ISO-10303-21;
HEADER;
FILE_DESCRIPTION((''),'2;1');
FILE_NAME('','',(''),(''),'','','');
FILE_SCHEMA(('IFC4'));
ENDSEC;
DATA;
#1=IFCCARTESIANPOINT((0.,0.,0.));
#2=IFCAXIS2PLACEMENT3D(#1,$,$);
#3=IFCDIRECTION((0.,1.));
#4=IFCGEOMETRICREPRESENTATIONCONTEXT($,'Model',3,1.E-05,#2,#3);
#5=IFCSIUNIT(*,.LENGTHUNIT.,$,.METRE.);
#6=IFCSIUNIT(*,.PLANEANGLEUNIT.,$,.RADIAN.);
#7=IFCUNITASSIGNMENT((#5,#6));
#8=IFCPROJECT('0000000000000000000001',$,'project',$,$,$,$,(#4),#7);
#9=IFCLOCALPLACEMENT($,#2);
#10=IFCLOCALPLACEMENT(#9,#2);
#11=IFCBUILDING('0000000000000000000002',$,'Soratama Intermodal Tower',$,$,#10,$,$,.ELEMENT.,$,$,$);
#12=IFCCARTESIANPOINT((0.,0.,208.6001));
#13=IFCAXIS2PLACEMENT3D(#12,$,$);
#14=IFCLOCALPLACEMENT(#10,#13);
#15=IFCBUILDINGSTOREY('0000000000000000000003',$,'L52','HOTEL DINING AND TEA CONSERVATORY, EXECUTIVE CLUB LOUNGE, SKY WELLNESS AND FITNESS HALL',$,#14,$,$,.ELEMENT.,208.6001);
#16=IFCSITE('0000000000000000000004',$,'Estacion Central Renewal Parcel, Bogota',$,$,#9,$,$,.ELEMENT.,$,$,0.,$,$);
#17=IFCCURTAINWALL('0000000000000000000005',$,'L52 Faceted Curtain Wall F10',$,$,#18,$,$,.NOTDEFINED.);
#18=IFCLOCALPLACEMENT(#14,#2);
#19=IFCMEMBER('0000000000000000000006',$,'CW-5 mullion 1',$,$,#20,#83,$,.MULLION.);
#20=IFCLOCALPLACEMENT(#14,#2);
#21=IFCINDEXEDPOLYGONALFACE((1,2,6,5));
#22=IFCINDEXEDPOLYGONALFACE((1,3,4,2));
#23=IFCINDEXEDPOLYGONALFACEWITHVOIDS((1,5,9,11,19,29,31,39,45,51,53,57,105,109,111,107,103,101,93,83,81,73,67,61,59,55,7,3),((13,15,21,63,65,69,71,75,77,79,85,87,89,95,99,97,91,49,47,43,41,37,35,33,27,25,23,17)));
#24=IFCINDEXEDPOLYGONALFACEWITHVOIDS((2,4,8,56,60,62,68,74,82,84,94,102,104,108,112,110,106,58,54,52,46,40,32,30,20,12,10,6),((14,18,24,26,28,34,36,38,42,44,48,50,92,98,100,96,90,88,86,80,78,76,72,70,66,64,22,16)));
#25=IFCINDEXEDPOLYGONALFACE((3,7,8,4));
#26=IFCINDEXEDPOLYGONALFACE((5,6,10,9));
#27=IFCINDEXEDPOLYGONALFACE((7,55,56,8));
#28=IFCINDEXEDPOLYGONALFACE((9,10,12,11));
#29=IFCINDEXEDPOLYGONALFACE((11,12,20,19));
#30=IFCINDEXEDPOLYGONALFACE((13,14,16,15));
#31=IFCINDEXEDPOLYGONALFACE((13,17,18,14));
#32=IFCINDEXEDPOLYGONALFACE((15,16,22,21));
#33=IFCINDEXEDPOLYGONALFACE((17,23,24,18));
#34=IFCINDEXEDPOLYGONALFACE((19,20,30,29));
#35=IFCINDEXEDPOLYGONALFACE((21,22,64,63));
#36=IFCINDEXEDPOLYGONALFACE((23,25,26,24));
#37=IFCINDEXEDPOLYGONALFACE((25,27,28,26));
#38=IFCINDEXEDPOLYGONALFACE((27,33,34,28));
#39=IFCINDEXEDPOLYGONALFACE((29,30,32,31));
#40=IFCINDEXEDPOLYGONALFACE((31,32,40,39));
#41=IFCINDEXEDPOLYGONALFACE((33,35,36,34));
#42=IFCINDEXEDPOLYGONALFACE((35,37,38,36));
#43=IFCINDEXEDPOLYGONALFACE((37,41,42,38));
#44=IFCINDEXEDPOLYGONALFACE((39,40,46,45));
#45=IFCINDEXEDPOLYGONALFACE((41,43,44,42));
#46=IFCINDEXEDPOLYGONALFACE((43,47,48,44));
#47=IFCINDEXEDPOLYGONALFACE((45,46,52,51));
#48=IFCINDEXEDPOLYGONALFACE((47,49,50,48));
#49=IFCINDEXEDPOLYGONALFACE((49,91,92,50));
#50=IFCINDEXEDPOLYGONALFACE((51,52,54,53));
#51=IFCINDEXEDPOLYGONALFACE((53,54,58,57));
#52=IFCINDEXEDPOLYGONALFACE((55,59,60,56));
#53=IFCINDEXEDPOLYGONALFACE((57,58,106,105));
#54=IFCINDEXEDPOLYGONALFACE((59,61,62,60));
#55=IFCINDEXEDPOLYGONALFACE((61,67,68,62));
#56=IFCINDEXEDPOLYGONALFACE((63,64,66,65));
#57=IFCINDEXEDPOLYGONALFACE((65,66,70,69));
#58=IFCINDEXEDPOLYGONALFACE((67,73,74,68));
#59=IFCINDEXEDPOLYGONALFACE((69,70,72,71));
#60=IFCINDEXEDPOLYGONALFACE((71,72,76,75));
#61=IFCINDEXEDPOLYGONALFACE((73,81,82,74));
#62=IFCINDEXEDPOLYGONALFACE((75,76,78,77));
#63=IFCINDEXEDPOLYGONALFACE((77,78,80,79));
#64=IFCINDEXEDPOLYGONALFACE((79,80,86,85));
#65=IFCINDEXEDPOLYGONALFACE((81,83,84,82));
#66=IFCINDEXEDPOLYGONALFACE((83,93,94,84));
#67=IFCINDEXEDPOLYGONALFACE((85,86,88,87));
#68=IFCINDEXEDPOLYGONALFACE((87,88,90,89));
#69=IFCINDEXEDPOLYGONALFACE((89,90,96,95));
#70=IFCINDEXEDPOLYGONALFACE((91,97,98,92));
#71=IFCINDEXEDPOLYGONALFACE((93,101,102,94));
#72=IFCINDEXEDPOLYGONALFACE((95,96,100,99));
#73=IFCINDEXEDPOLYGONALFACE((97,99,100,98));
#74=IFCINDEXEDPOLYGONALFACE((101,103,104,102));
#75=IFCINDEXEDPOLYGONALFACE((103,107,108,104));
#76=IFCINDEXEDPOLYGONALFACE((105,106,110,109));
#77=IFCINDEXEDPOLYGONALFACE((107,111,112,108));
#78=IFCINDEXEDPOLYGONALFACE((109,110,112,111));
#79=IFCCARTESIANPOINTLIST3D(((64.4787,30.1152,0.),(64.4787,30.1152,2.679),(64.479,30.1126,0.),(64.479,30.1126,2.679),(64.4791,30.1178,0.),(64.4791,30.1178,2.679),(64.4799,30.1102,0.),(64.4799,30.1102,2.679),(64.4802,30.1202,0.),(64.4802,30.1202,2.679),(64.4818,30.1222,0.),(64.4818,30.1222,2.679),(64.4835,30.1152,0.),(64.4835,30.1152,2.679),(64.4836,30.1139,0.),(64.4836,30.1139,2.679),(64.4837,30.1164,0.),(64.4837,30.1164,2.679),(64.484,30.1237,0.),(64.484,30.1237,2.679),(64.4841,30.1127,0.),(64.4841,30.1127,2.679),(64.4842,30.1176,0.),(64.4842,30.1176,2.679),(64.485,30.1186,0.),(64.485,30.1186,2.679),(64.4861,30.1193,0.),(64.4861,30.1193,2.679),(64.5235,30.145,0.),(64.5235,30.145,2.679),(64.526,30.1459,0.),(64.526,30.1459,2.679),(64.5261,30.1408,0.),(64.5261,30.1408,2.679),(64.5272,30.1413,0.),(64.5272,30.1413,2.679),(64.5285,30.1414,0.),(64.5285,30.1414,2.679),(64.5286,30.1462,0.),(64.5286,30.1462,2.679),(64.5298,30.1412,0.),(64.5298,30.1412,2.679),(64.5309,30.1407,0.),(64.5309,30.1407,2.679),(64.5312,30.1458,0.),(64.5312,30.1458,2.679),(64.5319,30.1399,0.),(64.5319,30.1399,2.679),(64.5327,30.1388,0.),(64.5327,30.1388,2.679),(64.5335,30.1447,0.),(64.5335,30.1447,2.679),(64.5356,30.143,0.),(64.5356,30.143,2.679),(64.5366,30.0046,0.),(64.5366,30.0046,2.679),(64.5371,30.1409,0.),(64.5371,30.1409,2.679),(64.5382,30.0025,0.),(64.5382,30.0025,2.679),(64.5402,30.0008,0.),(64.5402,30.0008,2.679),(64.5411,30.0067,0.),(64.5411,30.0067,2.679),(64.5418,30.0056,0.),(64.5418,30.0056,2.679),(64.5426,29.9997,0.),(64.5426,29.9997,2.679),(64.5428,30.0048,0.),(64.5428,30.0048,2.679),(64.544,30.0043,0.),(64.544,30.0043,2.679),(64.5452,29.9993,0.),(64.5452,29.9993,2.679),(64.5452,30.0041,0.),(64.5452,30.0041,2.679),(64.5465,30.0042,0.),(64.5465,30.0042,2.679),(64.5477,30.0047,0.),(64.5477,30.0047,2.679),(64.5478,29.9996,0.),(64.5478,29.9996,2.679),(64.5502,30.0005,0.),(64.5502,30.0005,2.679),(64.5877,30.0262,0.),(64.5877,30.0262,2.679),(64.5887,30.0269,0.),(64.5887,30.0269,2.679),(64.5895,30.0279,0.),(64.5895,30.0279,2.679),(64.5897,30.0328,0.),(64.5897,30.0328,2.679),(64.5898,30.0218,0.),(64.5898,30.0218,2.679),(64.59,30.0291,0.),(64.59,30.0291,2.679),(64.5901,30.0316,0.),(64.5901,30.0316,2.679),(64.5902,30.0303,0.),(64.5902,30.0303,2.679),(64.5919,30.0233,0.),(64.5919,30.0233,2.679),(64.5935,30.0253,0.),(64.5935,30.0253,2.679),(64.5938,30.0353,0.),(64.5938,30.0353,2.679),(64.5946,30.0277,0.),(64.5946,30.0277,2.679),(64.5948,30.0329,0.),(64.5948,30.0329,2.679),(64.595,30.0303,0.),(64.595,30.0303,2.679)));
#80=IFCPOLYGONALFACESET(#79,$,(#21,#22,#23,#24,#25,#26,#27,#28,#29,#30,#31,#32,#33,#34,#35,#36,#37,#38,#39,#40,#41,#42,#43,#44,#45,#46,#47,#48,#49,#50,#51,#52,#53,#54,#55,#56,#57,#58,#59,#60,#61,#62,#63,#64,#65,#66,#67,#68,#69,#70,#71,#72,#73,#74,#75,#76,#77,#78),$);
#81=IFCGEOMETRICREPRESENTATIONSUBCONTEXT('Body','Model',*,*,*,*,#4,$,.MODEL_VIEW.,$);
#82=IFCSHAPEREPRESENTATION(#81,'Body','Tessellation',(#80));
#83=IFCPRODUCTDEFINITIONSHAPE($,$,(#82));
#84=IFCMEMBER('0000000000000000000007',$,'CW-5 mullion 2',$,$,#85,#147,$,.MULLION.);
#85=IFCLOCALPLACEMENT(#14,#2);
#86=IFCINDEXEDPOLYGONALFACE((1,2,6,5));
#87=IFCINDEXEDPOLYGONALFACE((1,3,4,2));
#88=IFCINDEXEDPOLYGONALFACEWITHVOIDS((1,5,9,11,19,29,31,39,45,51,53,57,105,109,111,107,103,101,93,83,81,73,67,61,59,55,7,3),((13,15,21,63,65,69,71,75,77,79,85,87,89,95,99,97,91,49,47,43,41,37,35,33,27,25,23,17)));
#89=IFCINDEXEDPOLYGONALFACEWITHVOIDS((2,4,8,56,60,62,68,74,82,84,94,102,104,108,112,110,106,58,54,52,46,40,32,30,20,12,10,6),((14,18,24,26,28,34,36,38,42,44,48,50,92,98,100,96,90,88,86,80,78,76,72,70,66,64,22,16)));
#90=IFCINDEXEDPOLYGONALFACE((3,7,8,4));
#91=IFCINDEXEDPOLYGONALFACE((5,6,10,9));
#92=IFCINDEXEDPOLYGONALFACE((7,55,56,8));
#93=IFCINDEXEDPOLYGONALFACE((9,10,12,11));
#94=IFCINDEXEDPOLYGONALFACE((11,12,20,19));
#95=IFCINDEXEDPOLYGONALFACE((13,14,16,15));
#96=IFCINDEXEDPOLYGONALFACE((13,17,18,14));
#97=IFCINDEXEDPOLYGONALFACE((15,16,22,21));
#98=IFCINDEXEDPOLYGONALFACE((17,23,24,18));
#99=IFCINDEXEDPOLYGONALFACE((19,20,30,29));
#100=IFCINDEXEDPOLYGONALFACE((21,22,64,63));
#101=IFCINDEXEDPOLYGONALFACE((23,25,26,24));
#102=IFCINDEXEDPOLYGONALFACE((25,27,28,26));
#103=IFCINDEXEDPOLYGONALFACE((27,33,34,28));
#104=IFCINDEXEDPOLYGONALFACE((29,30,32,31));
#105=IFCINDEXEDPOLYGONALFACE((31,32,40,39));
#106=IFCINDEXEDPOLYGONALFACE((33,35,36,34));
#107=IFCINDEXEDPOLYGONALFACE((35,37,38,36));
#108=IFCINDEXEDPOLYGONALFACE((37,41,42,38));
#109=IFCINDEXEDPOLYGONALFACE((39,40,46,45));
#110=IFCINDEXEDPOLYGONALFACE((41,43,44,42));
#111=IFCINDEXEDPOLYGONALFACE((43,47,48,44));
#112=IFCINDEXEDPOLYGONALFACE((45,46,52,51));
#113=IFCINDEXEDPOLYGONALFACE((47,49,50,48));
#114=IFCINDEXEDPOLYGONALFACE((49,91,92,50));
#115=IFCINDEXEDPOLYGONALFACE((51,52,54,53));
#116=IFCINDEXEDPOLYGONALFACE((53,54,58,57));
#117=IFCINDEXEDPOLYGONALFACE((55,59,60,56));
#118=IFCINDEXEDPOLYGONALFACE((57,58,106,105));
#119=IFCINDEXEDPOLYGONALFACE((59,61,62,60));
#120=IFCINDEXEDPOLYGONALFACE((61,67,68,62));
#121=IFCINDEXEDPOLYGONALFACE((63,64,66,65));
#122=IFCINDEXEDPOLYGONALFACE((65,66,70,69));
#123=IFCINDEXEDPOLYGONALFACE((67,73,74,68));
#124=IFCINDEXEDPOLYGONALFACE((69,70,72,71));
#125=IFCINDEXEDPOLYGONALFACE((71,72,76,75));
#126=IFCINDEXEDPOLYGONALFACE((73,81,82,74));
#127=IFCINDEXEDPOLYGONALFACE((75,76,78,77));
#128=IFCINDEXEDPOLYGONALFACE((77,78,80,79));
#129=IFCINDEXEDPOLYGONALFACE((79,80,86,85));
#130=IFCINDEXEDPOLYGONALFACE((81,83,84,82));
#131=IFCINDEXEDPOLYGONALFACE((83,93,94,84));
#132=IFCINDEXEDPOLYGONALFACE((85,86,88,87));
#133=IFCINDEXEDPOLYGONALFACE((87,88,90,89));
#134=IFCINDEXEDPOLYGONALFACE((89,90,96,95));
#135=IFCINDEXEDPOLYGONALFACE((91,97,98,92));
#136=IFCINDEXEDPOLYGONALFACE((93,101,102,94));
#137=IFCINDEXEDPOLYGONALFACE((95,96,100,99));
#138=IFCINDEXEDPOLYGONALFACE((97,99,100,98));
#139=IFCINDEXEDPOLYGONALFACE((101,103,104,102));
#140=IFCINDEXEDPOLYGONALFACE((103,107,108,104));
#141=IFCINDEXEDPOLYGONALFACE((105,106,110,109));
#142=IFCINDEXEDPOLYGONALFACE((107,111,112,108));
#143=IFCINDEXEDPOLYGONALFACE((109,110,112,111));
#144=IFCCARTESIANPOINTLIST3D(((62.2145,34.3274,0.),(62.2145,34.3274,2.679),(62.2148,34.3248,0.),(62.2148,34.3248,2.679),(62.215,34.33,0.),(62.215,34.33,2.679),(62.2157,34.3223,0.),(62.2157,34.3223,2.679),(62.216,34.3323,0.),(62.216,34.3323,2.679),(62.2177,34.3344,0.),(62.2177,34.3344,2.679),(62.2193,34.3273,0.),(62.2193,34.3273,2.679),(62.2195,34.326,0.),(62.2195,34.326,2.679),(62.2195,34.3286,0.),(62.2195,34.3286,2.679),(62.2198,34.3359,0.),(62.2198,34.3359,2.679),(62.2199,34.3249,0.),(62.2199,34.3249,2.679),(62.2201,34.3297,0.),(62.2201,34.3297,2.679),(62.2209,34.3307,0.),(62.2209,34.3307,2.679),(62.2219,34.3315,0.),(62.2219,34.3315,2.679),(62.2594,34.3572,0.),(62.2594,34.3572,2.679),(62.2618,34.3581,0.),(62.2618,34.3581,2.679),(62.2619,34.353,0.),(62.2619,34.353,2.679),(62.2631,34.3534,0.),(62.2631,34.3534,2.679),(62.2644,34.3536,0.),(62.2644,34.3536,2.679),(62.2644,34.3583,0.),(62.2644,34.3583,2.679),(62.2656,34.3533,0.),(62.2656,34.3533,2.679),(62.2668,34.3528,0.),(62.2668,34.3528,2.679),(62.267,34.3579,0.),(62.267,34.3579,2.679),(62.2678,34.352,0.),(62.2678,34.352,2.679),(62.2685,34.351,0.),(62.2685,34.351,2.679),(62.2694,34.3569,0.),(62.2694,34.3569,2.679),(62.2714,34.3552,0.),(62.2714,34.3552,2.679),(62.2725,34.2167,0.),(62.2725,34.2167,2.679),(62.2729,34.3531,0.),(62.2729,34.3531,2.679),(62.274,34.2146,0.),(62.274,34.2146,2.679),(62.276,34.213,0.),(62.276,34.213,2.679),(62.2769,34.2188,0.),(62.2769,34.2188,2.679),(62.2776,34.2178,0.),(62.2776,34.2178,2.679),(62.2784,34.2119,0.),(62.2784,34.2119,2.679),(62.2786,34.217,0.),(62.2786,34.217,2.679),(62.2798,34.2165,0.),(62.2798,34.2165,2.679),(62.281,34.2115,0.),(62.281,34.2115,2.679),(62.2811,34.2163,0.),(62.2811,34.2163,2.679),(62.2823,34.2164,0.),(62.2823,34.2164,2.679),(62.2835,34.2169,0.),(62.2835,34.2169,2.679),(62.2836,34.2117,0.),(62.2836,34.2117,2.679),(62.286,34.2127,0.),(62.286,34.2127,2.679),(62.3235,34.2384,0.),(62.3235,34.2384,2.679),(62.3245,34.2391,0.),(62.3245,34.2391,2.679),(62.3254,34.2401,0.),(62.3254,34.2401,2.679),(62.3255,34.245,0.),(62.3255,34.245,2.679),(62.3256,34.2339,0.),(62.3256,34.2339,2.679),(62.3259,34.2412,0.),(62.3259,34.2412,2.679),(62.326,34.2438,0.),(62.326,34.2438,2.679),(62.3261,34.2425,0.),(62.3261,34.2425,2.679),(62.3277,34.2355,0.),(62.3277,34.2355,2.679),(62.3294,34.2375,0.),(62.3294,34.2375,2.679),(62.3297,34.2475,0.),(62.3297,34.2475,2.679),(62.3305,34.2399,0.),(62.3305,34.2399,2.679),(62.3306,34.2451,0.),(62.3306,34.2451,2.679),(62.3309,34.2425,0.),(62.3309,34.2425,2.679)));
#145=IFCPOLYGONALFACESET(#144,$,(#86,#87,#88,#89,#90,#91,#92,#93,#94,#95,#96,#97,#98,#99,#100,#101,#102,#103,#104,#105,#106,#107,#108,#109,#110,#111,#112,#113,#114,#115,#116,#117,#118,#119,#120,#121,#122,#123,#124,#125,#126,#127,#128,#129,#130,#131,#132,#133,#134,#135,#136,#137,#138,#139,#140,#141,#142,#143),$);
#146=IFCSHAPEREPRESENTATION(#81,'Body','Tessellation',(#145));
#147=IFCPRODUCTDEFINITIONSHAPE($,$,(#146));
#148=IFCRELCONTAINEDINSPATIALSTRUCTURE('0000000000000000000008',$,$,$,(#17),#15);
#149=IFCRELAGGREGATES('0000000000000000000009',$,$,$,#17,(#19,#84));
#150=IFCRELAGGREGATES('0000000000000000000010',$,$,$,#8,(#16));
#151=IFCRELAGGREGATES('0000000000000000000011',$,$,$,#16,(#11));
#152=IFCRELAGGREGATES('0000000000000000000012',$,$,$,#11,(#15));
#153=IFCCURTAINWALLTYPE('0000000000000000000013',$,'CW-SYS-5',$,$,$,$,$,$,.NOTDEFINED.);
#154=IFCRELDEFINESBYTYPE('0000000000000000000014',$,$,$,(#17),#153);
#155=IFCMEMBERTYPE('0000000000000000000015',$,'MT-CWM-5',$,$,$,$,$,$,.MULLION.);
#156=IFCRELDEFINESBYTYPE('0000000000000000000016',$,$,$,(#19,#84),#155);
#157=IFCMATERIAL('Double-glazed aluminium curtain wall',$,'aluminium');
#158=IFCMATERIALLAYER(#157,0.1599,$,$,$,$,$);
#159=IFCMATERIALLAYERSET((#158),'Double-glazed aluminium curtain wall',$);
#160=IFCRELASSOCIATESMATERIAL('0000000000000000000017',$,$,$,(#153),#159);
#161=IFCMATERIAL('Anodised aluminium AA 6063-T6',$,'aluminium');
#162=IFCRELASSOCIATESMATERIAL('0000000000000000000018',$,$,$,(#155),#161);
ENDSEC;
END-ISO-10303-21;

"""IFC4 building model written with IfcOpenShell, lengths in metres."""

from ifc_helpers import new_model, si_unit, direction, frame, origin, origin_2d, place, context, subcontext, project, spatial, hollow_rectangle, extrude, material, layer, layer_set, material_profile, profile_set, type_object, element, aggregate, save


model = new_model("IFC4")

# Units and contexts
model_context = context("Model", 3, precision=1e-05, world=origin(), true_north=direction((0.0, 1.0)))
body_context = subcontext(model_context, "Body", "Model", "MODEL_VIEW")
ifc_project = project(units=[si_unit("LENGTHUNIT", "METRE"), si_unit("PLANEANGLEUNIT", "RADIAN")], contexts=[model_context])

# Site, building, storey
site_placement = place(None, origin())
site = spatial("IfcSite", under=ifc_project, at=site_placement, Name="Estacion Central Renewal Parcel, Bogota", CompositionType="ELEMENT", RefElevation=0.0)
building_placement = place(site_placement, origin())
building = spatial("IfcBuilding", under=site, at=building_placement, Name="Soratama Intermodal Tower", CompositionType="ELEMENT")
storey_placement = place(building_placement, frame((0.0, 0.0, 208.6001)))
storey = spatial("IfcBuildingStorey", under=building, at=storey_placement, Name="L52", Description="HOTEL DINING AND TEA CONSERVATORY, EXECUTIVE CLUB LOUNGE, SKY WELLNESS AND FITNESS HALL", CompositionType="ELEMENT", Elevation=208.6001)

# Curtain wall, members
ifc_material_1 = material(Name="Double-glazed aluminium curtain wall", Category="aluminium")
ifc_layer_1 = layer(ifc_material_1, 0.1599)
ifc_layer_set_1 = layer_set([ifc_layer_1], Name="Double-glazed aluminium curtain wall")
curtain_wall_type = type_object("IfcCurtainWallType", Name="CW-SYS-5", PredefinedType="NOTDEFINED", material=ifc_layer_set_1)
curtain_wall_placement = place(storey_placement, origin())
curtain_wall = element("IfcCurtainWall", 1, at=curtain_wall_placement, inside=storey, type_object=curtain_wall_type, Name="L52 Faceted Curtain Wall F10", PredefinedType="NOTDEFINED")
ifc_material_2 = material(Name="Anodised aluminium AA 6063-T6", Category="aluminium")
ifc_material_profile_1 = material_profile(ifc_material_2, hollow_rectangle(XDim=0.0649, YDim=0.1399, WallThickness=0.0049, InnerFilletRadius=0.0049, OuterFilletRadius=0.01, at=origin_2d()), Name="CWM140X65X5")
ifc_profile_set_1 = profile_set([ifc_material_profile_1], Name="Anodised aluminium AA 6063-T6")
member_type_1 = type_object("IfcMemberType", Name="MT-CWM-5", PredefinedType="MULLION", material=ifc_profile_set_1)
member_1_placement = place(storey_placement, frame((64.5369, 30.0728, 0.0), z_axis=(0.0, 0.0, 1.0), x_axis=(-0.880807, -0.473476, 0.0)))
member_1 = element("IfcMember", 2, at=member_1_placement, type_object=member_type_1, Name="CW-5 mullion 1", PredefinedType="MULLION", context=body_context, shape_type="SweptSolid", body=[
    extrude(hollow_rectangle(XDim=0.0649, YDim=0.1399, WallThickness=0.0049, InnerFilletRadius=0.0049, OuterFilletRadius=0.01, at=origin_2d()), origin(), (0.0, 0.0, 1.0), 2.679),
])
member_2_placement = place(storey_placement, frame((62.2727, 34.2849, 0.0), z_axis=(0.0, 0.0, 1.0), x_axis=(-0.880807, -0.473476, 0.0)))
member_2 = element("IfcMember", 3, at=member_2_placement, type_object=member_type_1, Name="CW-5 mullion 2", PredefinedType="MULLION", context=body_context, shape_type="SweptSolid", body=[
    extrude(hollow_rectangle(XDim=0.0649, YDim=0.1399, WallThickness=0.0049, InnerFilletRadius=0.0049, OuterFilletRadius=0.01, at=origin_2d()), origin(), (0.0, 0.0, 1.0), 2.679),
])
aggregate(curtain_wall, [member_1, member_2])

save(model, "model.ifc")
